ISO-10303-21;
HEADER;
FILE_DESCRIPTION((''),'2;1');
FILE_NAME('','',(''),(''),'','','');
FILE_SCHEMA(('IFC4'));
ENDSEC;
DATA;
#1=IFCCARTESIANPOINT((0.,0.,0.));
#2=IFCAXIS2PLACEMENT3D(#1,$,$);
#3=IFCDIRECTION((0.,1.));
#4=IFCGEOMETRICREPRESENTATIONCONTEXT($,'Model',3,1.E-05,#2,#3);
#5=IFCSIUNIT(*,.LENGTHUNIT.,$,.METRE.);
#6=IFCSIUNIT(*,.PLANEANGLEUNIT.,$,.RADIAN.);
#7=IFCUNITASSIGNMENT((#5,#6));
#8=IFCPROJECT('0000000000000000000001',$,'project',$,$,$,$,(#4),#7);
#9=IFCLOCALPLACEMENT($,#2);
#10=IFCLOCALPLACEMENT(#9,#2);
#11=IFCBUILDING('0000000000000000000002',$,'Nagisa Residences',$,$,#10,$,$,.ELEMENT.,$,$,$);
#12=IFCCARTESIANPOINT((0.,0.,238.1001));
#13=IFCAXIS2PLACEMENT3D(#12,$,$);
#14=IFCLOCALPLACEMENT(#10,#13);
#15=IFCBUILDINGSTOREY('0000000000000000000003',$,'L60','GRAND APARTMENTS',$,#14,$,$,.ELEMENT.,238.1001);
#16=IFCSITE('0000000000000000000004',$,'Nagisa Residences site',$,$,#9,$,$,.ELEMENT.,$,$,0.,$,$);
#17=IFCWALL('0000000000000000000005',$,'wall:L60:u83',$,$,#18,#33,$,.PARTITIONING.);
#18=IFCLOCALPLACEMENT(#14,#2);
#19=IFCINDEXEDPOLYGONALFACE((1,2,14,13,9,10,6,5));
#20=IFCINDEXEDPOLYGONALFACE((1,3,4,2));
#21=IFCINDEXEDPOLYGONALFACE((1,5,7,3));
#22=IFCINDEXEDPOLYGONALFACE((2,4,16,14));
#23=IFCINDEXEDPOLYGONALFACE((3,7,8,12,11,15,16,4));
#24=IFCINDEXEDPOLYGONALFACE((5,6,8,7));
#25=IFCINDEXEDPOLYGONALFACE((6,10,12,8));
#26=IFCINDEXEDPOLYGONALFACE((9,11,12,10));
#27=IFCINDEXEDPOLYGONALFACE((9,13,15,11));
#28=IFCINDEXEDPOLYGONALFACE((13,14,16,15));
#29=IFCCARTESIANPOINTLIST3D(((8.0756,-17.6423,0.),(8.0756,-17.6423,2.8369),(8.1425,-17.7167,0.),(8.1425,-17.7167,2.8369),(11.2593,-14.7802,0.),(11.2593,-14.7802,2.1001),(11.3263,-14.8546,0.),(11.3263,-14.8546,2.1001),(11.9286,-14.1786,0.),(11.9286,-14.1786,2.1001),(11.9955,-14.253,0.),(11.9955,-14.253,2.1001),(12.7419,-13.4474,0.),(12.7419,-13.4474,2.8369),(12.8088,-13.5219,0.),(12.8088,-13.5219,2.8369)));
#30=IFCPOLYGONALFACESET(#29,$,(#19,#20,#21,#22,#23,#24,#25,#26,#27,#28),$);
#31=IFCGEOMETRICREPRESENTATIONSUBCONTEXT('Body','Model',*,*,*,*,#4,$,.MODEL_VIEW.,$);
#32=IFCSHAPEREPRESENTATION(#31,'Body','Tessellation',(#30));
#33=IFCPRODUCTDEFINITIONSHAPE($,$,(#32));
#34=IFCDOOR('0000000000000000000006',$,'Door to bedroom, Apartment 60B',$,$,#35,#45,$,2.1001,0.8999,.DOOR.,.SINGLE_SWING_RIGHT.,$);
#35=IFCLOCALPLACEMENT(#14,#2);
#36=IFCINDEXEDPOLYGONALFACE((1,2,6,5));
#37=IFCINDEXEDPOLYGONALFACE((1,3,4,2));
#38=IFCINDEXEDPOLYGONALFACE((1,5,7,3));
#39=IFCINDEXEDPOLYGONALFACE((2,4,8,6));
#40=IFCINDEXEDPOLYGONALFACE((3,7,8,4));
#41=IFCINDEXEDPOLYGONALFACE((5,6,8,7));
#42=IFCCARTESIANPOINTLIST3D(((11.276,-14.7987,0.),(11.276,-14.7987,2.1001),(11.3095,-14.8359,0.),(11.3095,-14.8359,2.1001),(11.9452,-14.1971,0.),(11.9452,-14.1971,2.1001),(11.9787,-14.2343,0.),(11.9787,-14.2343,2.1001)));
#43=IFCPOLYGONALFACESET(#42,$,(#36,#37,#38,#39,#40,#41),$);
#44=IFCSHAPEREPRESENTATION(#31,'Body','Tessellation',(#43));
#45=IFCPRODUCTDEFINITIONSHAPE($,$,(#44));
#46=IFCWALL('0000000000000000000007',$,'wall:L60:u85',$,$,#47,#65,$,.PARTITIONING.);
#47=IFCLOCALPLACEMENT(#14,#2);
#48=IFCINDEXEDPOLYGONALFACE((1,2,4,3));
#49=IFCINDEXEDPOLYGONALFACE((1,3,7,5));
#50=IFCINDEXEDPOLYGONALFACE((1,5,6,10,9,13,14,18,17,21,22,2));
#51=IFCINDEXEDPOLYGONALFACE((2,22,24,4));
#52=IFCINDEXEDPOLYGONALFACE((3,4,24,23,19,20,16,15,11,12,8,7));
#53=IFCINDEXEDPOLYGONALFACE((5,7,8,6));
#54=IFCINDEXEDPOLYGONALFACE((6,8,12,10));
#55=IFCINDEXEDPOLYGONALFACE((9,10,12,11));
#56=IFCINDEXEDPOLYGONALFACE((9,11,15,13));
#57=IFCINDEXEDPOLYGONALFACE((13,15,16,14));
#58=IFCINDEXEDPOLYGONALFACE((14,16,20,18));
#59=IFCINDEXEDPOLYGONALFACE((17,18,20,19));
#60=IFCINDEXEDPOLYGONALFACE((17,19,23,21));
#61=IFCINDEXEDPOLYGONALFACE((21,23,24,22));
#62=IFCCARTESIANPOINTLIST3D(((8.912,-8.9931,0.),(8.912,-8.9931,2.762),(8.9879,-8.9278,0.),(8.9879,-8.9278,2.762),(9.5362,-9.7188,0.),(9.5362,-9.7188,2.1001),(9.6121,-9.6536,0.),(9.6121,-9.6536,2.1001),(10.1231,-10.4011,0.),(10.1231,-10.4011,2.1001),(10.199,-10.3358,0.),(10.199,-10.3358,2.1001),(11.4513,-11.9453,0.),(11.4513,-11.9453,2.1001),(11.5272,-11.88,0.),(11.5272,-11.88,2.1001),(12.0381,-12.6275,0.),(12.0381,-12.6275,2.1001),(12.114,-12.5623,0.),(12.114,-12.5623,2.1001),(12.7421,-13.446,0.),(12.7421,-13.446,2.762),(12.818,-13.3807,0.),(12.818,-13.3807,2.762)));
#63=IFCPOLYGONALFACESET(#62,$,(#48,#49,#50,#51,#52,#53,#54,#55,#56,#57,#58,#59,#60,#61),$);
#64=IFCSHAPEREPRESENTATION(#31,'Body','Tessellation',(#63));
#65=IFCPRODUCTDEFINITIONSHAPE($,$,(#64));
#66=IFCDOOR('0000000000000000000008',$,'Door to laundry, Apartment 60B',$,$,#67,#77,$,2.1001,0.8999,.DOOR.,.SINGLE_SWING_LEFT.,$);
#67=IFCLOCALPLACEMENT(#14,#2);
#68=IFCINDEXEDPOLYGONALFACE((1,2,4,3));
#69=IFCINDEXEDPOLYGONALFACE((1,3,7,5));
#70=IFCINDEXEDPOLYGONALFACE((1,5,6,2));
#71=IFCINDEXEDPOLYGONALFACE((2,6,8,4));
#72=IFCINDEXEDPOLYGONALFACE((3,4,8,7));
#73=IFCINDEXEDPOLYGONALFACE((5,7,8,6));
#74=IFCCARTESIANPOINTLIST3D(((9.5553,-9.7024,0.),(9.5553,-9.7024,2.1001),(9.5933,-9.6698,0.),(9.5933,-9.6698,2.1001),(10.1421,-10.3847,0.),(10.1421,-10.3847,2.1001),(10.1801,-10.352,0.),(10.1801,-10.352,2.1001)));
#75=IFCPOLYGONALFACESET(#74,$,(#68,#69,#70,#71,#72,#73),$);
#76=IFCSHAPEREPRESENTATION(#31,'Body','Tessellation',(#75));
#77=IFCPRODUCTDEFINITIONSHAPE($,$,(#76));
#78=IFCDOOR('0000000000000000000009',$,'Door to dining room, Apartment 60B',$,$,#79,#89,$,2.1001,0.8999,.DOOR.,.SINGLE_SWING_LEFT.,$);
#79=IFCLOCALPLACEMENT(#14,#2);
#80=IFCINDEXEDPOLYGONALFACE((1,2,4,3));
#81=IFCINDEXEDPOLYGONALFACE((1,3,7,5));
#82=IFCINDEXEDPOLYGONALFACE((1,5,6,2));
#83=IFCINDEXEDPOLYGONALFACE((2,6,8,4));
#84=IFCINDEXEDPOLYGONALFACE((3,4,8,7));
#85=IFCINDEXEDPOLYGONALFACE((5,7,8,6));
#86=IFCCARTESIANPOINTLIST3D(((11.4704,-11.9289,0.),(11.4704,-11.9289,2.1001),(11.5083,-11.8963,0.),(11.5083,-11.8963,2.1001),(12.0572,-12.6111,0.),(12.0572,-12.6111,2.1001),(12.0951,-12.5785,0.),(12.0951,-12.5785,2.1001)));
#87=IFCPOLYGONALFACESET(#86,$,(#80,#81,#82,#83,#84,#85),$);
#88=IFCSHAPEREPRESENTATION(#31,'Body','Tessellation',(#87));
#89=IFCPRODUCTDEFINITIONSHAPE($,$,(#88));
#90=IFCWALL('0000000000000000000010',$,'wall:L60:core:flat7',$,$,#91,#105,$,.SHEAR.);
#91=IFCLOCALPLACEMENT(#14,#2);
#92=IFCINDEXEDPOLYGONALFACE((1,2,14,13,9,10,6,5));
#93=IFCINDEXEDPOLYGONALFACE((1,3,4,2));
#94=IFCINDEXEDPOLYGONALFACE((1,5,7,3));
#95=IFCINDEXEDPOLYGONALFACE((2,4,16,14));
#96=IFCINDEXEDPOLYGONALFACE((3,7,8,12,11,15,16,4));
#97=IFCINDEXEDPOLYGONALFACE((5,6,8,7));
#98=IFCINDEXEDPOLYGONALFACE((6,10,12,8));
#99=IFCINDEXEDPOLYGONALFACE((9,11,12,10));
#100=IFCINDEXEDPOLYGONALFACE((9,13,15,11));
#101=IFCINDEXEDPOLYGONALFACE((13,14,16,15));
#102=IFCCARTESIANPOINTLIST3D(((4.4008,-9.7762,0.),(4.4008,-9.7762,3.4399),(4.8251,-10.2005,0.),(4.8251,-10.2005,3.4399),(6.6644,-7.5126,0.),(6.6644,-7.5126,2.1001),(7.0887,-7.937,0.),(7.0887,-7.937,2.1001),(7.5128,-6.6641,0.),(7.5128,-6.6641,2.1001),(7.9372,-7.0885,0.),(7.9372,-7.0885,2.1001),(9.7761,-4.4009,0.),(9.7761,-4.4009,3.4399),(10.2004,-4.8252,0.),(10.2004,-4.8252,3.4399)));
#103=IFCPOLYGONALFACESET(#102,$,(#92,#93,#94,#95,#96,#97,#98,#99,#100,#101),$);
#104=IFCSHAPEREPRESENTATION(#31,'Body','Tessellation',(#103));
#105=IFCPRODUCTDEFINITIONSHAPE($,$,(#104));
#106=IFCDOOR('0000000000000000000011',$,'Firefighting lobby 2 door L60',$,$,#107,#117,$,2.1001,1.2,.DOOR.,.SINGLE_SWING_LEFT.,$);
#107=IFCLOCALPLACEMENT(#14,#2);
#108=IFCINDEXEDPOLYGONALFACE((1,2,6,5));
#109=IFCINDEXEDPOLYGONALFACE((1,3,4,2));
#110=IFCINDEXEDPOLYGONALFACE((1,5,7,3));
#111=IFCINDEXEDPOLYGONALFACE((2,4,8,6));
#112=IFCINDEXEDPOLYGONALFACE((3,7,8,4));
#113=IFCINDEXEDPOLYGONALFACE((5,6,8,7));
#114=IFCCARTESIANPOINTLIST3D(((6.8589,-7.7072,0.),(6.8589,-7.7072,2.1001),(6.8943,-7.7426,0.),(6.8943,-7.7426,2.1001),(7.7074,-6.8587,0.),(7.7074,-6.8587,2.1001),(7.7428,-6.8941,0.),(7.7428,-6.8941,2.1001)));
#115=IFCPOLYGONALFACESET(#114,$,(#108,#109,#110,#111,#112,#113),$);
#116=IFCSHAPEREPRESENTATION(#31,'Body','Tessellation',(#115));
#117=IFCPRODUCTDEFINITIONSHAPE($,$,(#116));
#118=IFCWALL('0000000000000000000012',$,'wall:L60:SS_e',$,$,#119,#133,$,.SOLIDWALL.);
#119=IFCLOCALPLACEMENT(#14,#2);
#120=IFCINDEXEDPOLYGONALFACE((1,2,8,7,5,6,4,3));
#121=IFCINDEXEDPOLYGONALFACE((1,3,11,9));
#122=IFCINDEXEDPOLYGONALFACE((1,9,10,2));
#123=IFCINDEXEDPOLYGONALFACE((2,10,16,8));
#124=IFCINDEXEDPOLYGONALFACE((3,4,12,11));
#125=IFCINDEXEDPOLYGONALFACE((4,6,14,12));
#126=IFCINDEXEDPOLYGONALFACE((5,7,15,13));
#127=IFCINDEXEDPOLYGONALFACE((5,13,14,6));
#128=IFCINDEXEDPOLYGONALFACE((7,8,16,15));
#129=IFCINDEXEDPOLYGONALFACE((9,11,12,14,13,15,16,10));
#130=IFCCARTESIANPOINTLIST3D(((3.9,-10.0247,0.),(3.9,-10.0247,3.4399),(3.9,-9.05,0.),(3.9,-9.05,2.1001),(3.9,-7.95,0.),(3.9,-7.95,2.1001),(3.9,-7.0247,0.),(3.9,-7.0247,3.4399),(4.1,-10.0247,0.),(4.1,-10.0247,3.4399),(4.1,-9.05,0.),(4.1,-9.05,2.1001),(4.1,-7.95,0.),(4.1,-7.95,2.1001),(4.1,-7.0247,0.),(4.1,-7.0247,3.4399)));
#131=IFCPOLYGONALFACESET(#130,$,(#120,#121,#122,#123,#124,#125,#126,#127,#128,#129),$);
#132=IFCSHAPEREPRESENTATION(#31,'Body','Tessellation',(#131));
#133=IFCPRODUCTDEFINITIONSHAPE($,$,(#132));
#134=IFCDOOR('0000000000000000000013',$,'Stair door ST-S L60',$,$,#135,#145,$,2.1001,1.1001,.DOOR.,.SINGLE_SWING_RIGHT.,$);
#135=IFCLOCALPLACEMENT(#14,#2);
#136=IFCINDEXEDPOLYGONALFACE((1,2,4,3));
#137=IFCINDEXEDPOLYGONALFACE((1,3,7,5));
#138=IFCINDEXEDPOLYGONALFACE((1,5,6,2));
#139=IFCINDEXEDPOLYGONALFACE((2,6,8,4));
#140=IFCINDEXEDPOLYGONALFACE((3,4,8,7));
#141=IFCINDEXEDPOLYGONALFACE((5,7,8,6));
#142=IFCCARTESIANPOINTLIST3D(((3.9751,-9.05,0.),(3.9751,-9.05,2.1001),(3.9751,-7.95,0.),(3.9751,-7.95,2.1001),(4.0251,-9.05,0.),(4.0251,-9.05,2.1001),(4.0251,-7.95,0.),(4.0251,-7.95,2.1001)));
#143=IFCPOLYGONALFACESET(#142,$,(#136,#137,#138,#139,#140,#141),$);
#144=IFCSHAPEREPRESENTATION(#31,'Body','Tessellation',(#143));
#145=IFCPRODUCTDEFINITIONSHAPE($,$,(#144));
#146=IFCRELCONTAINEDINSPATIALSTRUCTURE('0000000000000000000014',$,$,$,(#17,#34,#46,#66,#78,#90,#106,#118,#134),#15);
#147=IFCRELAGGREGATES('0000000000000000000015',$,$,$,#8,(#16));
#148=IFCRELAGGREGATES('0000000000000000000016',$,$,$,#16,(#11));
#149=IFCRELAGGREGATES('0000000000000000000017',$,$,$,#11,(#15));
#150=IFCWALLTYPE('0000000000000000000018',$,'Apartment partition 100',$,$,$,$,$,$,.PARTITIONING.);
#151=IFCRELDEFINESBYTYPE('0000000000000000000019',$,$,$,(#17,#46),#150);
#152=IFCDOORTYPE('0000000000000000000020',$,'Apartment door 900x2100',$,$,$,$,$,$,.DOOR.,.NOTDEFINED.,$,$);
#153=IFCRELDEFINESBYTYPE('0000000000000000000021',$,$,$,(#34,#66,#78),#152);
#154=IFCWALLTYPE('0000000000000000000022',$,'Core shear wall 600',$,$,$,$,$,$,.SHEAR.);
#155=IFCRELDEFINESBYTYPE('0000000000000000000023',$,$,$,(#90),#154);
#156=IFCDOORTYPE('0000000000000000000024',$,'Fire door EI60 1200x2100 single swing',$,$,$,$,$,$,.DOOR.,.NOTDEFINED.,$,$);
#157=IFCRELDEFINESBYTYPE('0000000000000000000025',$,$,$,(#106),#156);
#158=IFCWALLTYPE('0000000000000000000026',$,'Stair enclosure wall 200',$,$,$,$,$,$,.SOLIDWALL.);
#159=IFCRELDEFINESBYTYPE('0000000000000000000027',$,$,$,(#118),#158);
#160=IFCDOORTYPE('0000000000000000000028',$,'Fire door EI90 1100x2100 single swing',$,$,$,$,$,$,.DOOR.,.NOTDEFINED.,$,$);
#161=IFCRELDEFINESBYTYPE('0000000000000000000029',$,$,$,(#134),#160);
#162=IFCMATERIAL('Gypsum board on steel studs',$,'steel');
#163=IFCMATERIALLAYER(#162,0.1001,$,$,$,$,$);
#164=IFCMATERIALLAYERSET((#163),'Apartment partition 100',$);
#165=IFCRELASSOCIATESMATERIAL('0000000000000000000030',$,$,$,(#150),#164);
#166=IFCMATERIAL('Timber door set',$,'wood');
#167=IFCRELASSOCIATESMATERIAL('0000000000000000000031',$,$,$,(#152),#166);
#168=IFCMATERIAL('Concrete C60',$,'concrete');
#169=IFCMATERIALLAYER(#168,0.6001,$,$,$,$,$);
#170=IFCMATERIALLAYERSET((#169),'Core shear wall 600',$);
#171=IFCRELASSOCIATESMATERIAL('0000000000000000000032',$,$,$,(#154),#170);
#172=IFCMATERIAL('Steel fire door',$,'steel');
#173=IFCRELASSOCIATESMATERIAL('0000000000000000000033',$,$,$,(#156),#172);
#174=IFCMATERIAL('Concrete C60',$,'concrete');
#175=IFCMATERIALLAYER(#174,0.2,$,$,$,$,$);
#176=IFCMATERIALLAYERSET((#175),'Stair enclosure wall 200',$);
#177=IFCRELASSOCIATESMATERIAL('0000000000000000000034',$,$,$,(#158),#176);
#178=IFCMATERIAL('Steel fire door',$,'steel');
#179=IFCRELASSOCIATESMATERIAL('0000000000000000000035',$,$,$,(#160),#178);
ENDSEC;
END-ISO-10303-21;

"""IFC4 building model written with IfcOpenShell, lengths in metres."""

from ifc_helpers import new_model, si_unit, direction, frame, frame_2d, origin, place, context, subcontext, project, spatial, rectangle, extrude, material, layer, layer_set, type_object, element, fill, save


model = new_model("IFC4")

# Units and contexts
model_context = context("Model", 3, precision=1e-05, world=origin(), true_north=direction((0.0, 1.0)))
body_context = subcontext(model_context, "Body", "Model", "MODEL_VIEW")
ifc_project = project(units=[si_unit("LENGTHUNIT", "METRE"), si_unit("PLANEANGLEUNIT", "RADIAN")], contexts=[model_context])

# Site, building, storey
site_placement = place(None, origin())
site = spatial("IfcSite", under=ifc_project, at=site_placement, Name="Nagisa Residences site", CompositionType="ELEMENT", RefElevation=0.0)
building_placement = place(site_placement, origin())
building = spatial("IfcBuilding", under=site, at=building_placement, Name="Nagisa Residences", CompositionType="ELEMENT")
storey_placement = place(building_placement, frame((0.0, 0.0, 238.1001)))
storey = spatial("IfcBuildingStorey", under=building, at=storey_placement, Name="L60", Description="GRAND APARTMENTS", CompositionType="ELEMENT", Elevation=238.1001)

# Shared definitions
ifc_material_1 = material(Name="Gypsum board on steel studs", Category="steel")
ifc_layer_1 = layer(ifc_material_1, 0.1001)
ifc_layer_set_1 = layer_set([ifc_layer_1], Name="Apartment partition 100")
wall_type_1 = type_object("IfcWallType", Name="Apartment partition 100", PredefinedType="PARTITIONING", material=ifc_layer_set_1)

# Shared definitions
ifc_material_2 = material(Name="Timber door set", Category="wood")
door_type_1 = type_object("IfcDoorType", Name="Apartment door 900x2100", OperationType="NOTDEFINED", PredefinedType="DOOR", material=ifc_material_2)

# Wall, opening, door
wall_1_placement = place(storey_placement, frame((8.1091, -17.6794, 0.0), z_axis=(0.0, 0.0, 1.0), x_axis=(0.743675, 0.668541, 0.0)))
wall_1 = element("IfcWall", 1, at=wall_1_placement, inside=storey, type_object=wall_type_1, Name="wall:L60:u83", PredefinedType="PARTITIONING", context=body_context, shape_type="SweptSolid", body=[
    extrude(rectangle(XDim=6.2747, YDim=0.1001, at=frame_2d((3.1372, 0.0))), origin(), (0.0, 0.0, 1.0), 2.8369),
])
opening_1_placement = place(wall_1_placement, frame((4.281, 0.0, 0.0)))
opening_1 = element("IfcOpeningElement", 2, at=opening_1_placement, cuts=wall_1, PredefinedType="OPENING", context=body_context, shape_type="SweptSolid", body=[
    extrude(rectangle(XDim=0.8999, YDim=2.1001, at=frame_2d((0.45, 1.05))), frame((0.0, 0.0601, 0.0), z_axis=(0.0, -1.0, 0.0), x_axis=(1.0, 0.0, 0.0)), (0.0, 0.0, 1.0), 0.1201),
])
door_1_placement = place(opening_1_placement, frame((0.8999, 0.0, 0.0), x_axis=(-1.0, 0.0, 0.0)))
door_1 = element("IfcDoor", 3, at=door_1_placement, inside=storey, type_object=door_type_1, Name="Door to bedroom, Apartment 60B", OperationType="SINGLE_SWING_RIGHT", OverallHeight=2.1001, OverallWidth=0.8999, PredefinedType="DOOR", context=body_context, shape_type="SweptSolid", body=[
    extrude(rectangle(XDim=0.8999, YDim=2.1001, at=frame_2d((0.45, 1.05))), frame((0.0, 0.0249, 0.0), z_axis=(0.0, -1.0, 0.0), x_axis=(1.0, 0.0, 0.0)), (0.0, 0.0, 1.0), 0.05),
])
fill(opening_1, door_1)

# Wall, openings, doors
wall_2_placement = place(storey_placement, frame((8.95, -8.9604, 0.0), z_axis=(0.0, 0.0, 1.0), x_axis=(0.652098, -0.758135, 0.0)))
wall_2 = element("IfcWall", 4, at=wall_2_placement, inside=storey, type_object=wall_type_1, Name="wall:L60:u85", PredefinedType="PARTITIONING", context=body_context, shape_type="SweptSolid", body=[
    extrude(rectangle(XDim=5.8735, YDim=0.1001, at=frame_2d((2.9368, 0.0))), origin(), (0.0, 0.0, 1.0), 2.762),
])
opening_2_placement = place(wall_2_placement, frame((0.9573, 0.0, 0.0)))
opening_2 = element("IfcOpeningElement", 5, at=opening_2_placement, cuts=wall_2, PredefinedType="OPENING", context=body_context, shape_type="SweptSolid", body=[
    extrude(rectangle(XDim=0.8999, YDim=2.1001, at=frame_2d((0.45, 1.05))), frame((0.0, 0.0601, 0.0), z_axis=(0.0, -1.0, 0.0), x_axis=(1.0, 0.0, 0.0)), (0.0, 0.0, 1.0), 0.1201),
])
opening_3_placement = place(wall_2_placement, frame((3.894, 0.0, 0.0)))
opening_3 = element("IfcOpeningElement", 6, at=opening_3_placement, cuts=wall_2, PredefinedType="OPENING", context=body_context, shape_type="SweptSolid", body=[
    extrude(rectangle(XDim=0.8999, YDim=2.1001, at=frame_2d((0.45, 1.05))), frame((0.0, 0.0601, 0.0), z_axis=(0.0, -1.0, 0.0), x_axis=(1.0, 0.0, 0.0)), (0.0, 0.0, 1.0), 0.1201),
])
door_2_placement = place(opening_2_placement, frame((0.8999, 0.0, 0.0), x_axis=(-1.0, 0.0, 0.0)))
door_2 = element("IfcDoor", 7, at=door_2_placement, inside=storey, type_object=door_type_1, Name="Door to laundry, Apartment 60B", OperationType="SINGLE_SWING_LEFT", OverallHeight=2.1001, OverallWidth=0.8999, PredefinedType="DOOR", context=body_context, shape_type="SweptSolid", body=[
    extrude(rectangle(XDim=0.8999, YDim=2.1001, at=frame_2d((0.45, 1.05))), frame((0.0, 0.0249, 0.0), z_axis=(0.0, -1.0, 0.0), x_axis=(1.0, 0.0, 0.0)), (0.0, 0.0, 1.0), 0.05),
])
fill(opening_2, door_2)
door_3_placement = place(opening_3_placement, frame((0.8999, 0.0, 0.0), x_axis=(-1.0, 0.0, 0.0)))
door_3 = element("IfcDoor", 8, at=door_3_placement, inside=storey, type_object=door_type_1, Name="Door to dining room, Apartment 60B", OperationType="SINGLE_SWING_LEFT", OverallHeight=2.1001, OverallWidth=0.8999, PredefinedType="DOOR", context=body_context, shape_type="SweptSolid", body=[
    extrude(rectangle(XDim=0.8999, YDim=2.1001, at=frame_2d((0.45, 1.05))), frame((0.0, 0.0249, 0.0), z_axis=(0.0, -1.0, 0.0), x_axis=(1.0, 0.0, 0.0)), (0.0, 0.0, 1.0), 0.05),
])
fill(opening_3, door_3)

# Walls, openings, doors
ifc_material_3 = material(Name="Concrete C60", Category="concrete")
ifc_layer_2 = layer(ifc_material_3, 0.6001)
ifc_layer_set_2 = layer_set([ifc_layer_2], Name="Core shear wall 600")
wall_type_2 = type_object("IfcWallType", Name="Core shear wall 600", PredefinedType="SHEAR", material=ifc_layer_set_2)
wall_3_placement = place(storey_placement, frame((4.613, -9.9883, 0.0), z_axis=(0.0, 0.0, 1.0), x_axis=(0.707107, 0.707107, 0.0)))
wall_3 = element("IfcWall", 9, at=wall_3_placement, inside=storey, type_object=wall_type_2, Name="wall:L60:core:flat7", PredefinedType="SHEAR", context=body_context, shape_type="SweptSolid", body=[
    extrude(rectangle(XDim=7.6018, YDim=0.6001, at=frame_2d((3.8008, 0.0))), origin(), (0.0, 0.0, 1.0), 3.4399),
])
opening_4_placement = place(wall_3_placement, frame((3.2009, 0.0, 0.0)))
opening_4 = element("IfcOpeningElement", 10, at=opening_4_placement, cuts=wall_3, PredefinedType="OPENING", context=body_context, shape_type="SweptSolid", body=[
    extrude(rectangle(XDim=1.2, YDim=2.1001, at=frame_2d((0.6001, 1.05))), frame((0.0, 0.3101, 0.0), z_axis=(0.0, -1.0, 0.0), x_axis=(1.0, 0.0, 0.0)), (0.0, 0.0, 1.0), 0.6201),
])
ifc_material_4 = material(Name="Steel fire door", Category="steel")
door_type_2 = type_object("IfcDoorType", Name="Fire door EI60 1200x2100 single swing", OperationType="NOTDEFINED", PredefinedType="DOOR", material=ifc_material_4)
door_4_placement = place(opening_4_placement, origin())
door_4 = element("IfcDoor", 11, at=door_4_placement, inside=storey, type_object=door_type_2, Name="Firefighting lobby 2 door L60", OperationType="SINGLE_SWING_LEFT", OverallHeight=2.1001, OverallWidth=1.2, PredefinedType="DOOR", context=body_context, shape_type="SweptSolid", body=[
    extrude(rectangle(XDim=1.2, YDim=2.1001, at=frame_2d((0.6001, 1.05))), frame((0.0, 0.0249, 0.0), z_axis=(0.0, -1.0, 0.0), x_axis=(1.0, 0.0, 0.0)), (0.0, 0.0, 1.0), 0.05),
])
fill(opening_4, door_4)
ifc_material_5 = material(Name="Concrete C60", Category="concrete")
ifc_layer_3 = layer(ifc_material_5, 0.2)
ifc_layer_set_3 = layer_set([ifc_layer_3], Name="Stair enclosure wall 200")
wall_type_3 = type_object("IfcWallType", Name="Stair enclosure wall 200", PredefinedType="SOLIDWALL", material=ifc_layer_set_3)
wall_4_placement = place(storey_placement, frame((4.0, -10.0247, 0.0), z_axis=(0.0, 0.0, 1.0), x_axis=(0.0, 1.0, 0.0)))
wall_4 = element("IfcWall", 12, at=wall_4_placement, inside=storey, type_object=wall_type_3, Name="wall:L60:SS_e", PredefinedType="SOLIDWALL", context=body_context, shape_type="SweptSolid", body=[
    extrude(rectangle(XDim=3.0, YDim=0.2, at=frame_2d((1.5, 0.0))), origin(), (0.0, 0.0, 1.0), 3.4399),
])
opening_5_placement = place(wall_4_placement, frame((0.9746, 0.0, 0.0)))
opening_5 = element("IfcOpeningElement", 13, at=opening_5_placement, cuts=wall_4, PredefinedType="OPENING", context=body_context, shape_type="SweptSolid", body=[
    extrude(rectangle(XDim=1.1001, YDim=2.1001, at=frame_2d((0.55, 1.05))), frame((0.0, 0.1099, 0.0), z_axis=(0.0, -1.0, 0.0), x_axis=(1.0, 0.0, 0.0)), (0.0, 0.0, 1.0), 0.22),
])
ifc_material_6 = material(Name="Steel fire door", Category="steel")
door_type_3 = type_object("IfcDoorType", Name="Fire door EI90 1100x2100 single swing", OperationType="NOTDEFINED", PredefinedType="DOOR", material=ifc_material_6)
door_5_placement = place(opening_5_placement, origin())
door_5 = element("IfcDoor", 14, at=door_5_placement, inside=storey, type_object=door_type_3, Name="Stair door ST-S L60", OperationType="SINGLE_SWING_RIGHT", OverallHeight=2.1001, OverallWidth=1.1001, PredefinedType="DOOR", context=body_context, shape_type="SweptSolid", body=[
    extrude(rectangle(XDim=1.1001, YDim=2.1001, at=frame_2d((0.55, 1.05))), frame((0.0, 0.0249, 0.0), z_axis=(0.0, -1.0, 0.0), x_axis=(1.0, 0.0, 0.0)), (0.0, 0.0, 1.0), 0.05),
])
fill(opening_5, door_5)

save(model, "model.ifc")
